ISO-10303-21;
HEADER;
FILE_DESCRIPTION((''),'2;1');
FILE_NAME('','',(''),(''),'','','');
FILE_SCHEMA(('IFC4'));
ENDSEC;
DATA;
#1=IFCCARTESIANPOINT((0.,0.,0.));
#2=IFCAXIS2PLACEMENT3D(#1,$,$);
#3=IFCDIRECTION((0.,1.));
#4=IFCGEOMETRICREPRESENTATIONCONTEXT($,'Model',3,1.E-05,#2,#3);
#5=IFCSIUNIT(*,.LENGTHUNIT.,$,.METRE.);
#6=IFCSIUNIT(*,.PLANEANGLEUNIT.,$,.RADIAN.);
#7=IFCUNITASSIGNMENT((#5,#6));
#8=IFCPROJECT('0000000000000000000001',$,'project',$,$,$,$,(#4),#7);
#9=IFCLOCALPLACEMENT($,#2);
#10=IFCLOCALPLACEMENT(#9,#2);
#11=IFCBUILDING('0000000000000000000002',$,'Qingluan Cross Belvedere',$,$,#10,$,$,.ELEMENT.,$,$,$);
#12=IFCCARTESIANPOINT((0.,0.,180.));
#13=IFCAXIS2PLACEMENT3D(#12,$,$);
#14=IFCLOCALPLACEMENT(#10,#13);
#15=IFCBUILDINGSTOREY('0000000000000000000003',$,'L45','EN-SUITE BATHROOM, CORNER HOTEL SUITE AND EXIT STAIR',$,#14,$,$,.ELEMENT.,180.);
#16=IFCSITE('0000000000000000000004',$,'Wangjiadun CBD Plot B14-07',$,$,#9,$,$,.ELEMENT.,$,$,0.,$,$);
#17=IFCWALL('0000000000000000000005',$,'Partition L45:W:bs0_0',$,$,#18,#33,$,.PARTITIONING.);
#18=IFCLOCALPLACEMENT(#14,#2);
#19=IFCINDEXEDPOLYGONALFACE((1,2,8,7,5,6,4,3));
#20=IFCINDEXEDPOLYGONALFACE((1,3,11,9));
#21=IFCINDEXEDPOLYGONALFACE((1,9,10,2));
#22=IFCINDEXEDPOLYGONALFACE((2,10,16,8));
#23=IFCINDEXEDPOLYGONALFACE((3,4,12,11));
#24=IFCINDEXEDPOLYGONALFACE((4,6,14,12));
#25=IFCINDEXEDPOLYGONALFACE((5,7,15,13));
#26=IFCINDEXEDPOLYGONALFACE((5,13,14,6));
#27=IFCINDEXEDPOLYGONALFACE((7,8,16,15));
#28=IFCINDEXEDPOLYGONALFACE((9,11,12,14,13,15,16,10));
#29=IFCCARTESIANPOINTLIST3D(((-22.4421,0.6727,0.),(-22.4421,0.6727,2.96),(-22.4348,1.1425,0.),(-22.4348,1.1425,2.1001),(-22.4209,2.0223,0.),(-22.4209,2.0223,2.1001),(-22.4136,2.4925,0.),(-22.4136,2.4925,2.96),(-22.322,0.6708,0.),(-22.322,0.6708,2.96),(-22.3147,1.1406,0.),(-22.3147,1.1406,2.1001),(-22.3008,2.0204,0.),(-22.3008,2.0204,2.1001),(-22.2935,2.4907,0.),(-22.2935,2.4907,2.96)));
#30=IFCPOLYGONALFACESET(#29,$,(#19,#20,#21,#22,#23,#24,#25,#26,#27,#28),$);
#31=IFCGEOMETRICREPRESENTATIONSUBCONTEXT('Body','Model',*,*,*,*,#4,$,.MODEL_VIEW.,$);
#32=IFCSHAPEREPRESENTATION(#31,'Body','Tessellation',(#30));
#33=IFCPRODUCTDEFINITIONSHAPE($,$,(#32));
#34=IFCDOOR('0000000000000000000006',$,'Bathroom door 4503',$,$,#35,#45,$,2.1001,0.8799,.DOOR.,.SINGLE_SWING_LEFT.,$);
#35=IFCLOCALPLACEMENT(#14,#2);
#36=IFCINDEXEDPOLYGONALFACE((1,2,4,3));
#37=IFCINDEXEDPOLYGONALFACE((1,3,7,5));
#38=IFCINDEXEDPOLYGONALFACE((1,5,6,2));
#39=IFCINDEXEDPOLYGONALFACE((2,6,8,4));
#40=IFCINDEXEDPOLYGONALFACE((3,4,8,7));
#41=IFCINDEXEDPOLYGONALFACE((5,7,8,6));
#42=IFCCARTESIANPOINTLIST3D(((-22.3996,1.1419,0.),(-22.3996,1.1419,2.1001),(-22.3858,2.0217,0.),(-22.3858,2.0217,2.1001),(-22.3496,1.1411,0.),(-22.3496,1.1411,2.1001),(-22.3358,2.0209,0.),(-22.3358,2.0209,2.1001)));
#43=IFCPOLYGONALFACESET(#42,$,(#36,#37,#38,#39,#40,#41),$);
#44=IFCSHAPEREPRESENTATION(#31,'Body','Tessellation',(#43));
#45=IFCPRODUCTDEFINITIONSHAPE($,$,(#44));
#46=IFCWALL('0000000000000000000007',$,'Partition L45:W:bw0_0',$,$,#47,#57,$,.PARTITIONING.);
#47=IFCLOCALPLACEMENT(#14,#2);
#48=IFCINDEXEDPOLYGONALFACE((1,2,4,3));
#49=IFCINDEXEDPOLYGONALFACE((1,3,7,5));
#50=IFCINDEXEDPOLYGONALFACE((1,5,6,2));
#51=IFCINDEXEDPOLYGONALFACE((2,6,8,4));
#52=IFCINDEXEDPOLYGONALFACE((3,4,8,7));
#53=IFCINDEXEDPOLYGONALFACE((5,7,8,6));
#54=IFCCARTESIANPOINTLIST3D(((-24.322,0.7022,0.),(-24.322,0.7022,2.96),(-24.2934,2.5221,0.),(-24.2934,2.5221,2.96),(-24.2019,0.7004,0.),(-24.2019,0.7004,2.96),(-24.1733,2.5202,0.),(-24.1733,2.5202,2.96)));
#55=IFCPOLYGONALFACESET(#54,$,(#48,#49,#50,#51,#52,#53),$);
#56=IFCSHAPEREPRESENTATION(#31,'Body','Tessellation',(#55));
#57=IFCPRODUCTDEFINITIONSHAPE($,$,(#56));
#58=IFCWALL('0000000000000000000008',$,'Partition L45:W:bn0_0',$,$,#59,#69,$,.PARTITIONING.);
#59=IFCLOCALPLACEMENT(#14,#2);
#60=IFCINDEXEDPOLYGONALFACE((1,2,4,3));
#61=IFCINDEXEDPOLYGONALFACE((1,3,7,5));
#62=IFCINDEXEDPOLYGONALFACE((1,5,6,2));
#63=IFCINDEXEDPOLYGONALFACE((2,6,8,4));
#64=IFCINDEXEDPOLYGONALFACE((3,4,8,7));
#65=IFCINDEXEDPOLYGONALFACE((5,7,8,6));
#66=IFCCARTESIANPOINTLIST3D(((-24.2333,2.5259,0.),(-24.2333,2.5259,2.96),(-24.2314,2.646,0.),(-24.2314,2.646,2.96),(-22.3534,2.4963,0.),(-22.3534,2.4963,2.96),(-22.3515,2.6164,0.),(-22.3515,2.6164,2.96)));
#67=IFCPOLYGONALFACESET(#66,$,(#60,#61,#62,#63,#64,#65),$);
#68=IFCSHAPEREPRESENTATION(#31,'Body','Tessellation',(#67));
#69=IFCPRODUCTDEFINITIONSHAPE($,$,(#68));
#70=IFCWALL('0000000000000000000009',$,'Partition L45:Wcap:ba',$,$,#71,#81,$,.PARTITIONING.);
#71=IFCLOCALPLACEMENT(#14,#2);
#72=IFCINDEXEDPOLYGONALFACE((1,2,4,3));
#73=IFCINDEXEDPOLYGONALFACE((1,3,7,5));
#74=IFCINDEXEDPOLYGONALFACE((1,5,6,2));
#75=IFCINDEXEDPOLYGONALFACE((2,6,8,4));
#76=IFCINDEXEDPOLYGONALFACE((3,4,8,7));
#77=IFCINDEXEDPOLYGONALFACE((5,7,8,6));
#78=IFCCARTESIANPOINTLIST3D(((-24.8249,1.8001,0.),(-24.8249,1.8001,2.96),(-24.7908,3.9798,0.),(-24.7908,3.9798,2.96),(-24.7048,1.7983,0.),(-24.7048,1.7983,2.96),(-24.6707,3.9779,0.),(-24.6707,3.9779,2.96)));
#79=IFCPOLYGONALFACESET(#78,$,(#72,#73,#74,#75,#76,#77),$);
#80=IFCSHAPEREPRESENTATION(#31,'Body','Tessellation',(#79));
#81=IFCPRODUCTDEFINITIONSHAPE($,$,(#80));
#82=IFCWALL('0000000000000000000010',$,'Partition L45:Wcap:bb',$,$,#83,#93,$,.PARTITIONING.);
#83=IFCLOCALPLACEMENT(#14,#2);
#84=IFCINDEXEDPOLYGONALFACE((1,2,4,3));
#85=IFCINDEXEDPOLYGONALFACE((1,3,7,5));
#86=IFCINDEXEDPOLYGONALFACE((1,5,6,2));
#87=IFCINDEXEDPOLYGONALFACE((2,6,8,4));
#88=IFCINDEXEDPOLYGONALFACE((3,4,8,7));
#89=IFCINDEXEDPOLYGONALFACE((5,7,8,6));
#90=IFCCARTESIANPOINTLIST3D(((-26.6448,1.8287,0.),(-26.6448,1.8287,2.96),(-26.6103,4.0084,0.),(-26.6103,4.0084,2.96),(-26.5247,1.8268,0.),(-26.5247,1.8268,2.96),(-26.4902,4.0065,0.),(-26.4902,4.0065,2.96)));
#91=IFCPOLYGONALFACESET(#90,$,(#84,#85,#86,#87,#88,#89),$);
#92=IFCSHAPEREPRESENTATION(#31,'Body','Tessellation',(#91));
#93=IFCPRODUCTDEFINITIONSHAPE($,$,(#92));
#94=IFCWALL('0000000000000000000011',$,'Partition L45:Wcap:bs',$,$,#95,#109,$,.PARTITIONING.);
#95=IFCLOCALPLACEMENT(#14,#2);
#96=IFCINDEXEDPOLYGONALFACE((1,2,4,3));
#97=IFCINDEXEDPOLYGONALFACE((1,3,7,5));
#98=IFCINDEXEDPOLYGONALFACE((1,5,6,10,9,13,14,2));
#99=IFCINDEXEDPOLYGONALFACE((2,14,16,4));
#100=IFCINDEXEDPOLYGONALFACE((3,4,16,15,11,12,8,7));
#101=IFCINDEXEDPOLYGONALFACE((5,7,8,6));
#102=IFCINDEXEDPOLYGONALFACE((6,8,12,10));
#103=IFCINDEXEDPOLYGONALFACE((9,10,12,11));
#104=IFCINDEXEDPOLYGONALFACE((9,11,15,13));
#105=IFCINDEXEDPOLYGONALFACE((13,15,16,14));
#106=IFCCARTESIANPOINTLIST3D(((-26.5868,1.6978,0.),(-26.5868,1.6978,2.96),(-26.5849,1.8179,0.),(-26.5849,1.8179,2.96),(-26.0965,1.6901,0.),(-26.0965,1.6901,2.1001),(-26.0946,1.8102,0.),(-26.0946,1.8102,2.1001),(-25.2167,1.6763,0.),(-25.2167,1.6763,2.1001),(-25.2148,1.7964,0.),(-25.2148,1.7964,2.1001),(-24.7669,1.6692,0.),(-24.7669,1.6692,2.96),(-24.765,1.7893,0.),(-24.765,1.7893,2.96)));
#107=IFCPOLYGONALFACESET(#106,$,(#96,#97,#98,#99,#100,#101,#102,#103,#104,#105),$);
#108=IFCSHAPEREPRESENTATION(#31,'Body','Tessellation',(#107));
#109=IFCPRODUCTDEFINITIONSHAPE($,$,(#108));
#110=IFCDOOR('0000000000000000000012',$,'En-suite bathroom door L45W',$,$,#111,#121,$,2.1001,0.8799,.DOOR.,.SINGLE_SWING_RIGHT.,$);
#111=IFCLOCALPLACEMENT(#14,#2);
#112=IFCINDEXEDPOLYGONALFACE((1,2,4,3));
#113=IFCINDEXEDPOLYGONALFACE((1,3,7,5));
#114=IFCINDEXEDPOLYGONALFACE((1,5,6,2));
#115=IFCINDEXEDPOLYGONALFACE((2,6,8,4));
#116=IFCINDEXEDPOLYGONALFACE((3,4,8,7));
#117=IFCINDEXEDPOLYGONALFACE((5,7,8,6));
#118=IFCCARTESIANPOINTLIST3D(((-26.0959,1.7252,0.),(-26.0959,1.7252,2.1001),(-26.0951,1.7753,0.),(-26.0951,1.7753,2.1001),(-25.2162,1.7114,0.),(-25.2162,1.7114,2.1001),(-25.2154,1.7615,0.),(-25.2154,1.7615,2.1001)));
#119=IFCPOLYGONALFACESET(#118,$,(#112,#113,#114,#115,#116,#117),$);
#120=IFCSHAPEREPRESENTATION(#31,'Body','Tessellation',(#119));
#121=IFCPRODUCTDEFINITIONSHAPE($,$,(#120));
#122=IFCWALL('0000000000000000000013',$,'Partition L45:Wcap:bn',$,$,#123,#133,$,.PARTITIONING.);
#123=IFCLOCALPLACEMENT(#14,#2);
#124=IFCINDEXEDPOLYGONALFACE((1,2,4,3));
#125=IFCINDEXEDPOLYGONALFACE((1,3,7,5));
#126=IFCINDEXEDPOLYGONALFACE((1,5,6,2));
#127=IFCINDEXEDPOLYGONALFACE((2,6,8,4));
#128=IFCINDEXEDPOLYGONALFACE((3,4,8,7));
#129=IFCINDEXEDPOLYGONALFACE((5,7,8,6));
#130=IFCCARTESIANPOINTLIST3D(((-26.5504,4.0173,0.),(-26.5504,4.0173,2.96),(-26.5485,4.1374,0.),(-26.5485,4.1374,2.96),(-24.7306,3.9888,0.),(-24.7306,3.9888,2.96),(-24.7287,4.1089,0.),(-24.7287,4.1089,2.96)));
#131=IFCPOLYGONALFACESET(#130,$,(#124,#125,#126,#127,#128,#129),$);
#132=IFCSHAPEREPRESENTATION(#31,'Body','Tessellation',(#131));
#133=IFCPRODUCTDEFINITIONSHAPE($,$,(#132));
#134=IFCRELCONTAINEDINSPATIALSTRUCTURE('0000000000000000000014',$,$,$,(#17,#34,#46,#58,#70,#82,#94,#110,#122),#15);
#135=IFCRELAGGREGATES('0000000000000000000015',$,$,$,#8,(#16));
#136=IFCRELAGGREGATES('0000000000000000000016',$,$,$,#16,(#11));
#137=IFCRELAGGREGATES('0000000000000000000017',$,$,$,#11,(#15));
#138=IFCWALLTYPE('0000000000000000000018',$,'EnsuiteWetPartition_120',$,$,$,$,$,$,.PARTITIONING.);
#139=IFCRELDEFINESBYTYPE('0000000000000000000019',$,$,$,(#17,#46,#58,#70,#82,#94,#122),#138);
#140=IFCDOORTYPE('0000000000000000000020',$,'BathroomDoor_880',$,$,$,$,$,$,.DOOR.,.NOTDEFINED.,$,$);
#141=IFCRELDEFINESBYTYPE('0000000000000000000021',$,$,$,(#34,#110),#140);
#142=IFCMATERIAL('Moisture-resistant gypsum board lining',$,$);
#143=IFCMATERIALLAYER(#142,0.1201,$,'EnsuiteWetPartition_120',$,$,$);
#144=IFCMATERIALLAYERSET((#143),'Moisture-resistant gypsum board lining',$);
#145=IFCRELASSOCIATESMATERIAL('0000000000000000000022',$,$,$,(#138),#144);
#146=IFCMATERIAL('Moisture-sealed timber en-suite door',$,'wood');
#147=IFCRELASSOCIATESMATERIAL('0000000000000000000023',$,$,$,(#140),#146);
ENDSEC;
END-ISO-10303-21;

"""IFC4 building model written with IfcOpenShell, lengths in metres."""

from ifc_helpers import new_model, si_unit, direction, frame, frame_2d, origin, place, context, subcontext, project, spatial, rectangle, extrude, material, layer, layer_set, type_object, element, fill, save


model = new_model("IFC4")

# Units and contexts
model_context = context("Model", 3, precision=1e-05, world=origin(), true_north=direction((0.0, 1.0)))
body_context = subcontext(model_context, "Body", "Model", "MODEL_VIEW")
ifc_project = project(units=[si_unit("LENGTHUNIT", "METRE"), si_unit("PLANEANGLEUNIT", "RADIAN")], contexts=[model_context])

# Site, building, storey
site_placement = place(None, origin())
site = spatial("IfcSite", under=ifc_project, at=site_placement, Name="Wangjiadun CBD Plot B14-07", CompositionType="ELEMENT", RefElevation=0.0)
building_placement = place(site_placement, origin())
building = spatial("IfcBuilding", under=site, at=building_placement, Name="Qingluan Cross Belvedere", CompositionType="ELEMENT")
storey_placement = place(building_placement, frame((0.0, 0.0, 180.0)))
storey = spatial("IfcBuildingStorey", under=building, at=storey_placement, Name="L45", Description="EN-SUITE BATHROOM, CORNER HOTEL SUITE AND EXIT STAIR", CompositionType="ELEMENT", Elevation=180.0)

# Wall, opening, door
ifc_material_1 = material(Name="Moisture-resistant gypsum board lining")
ifc_layer_1 = layer(ifc_material_1, 0.1201, Name="EnsuiteWetPartition_120")
ifc_layer_set_1 = layer_set([ifc_layer_1], Name="Moisture-resistant gypsum board lining")
wall_type_1 = type_object("IfcWallType", Name="EnsuiteWetPartition_120", PredefinedType="PARTITIONING", material=ifc_layer_set_1)
wall_1_placement = place(storey_placement, frame((-22.3821, 0.6716, 0.0), z_axis=(0.0, 0.0, 1.0), x_axis=(0.015694, 0.999877, 0.0)))
wall_1 = element("IfcWall", 1, at=wall_1_placement, inside=storey, type_object=wall_type_1, Name="Partition L45:W:bs0_0", PredefinedType="PARTITIONING", context=body_context, shape_type="SweptSolid", body=[
    extrude(rectangle(XDim=1.8201, YDim=0.1201, at=frame_2d((0.9102, 0.0))), origin(), (0.0, 0.0, 1.0), 2.96),
])
opening_1_placement = place(wall_1_placement, frame((0.47, 0.0, 0.0)))
opening_1 = element("IfcOpeningElement", 2, at=opening_1_placement, cuts=wall_1, PredefinedType="OPENING", context=body_context, shape_type="SweptSolid", body=[
    extrude(rectangle(XDim=0.8799, YDim=2.1001, at=frame_2d((0.4399, 1.05))), frame((0.0, 0.0701, 0.0), z_axis=(0.0, -1.0, 0.0), x_axis=(1.0, 0.0, 0.0)), (0.0, 0.0, 1.0), 0.1401),
])
ifc_material_2 = material(Name="Moisture-sealed timber en-suite door", Category="wood")
door_type_1 = type_object("IfcDoorType", Name="BathroomDoor_880", OperationType="NOTDEFINED", PredefinedType="DOOR", material=ifc_material_2)
door_1_placement = place(opening_1_placement, origin())
door_1 = element("IfcDoor", 3, at=door_1_placement, inside=storey, type_object=door_type_1, Name="Bathroom door 4503", OperationType="SINGLE_SWING_LEFT", OverallHeight=2.1001, OverallWidth=0.8799, PredefinedType="DOOR", context=body_context, shape_type="SweptSolid", body=[
    extrude(rectangle(XDim=0.8799, YDim=2.1001, at=frame_2d((0.4399, 1.05))), frame((0.0, 0.0249, 0.0), z_axis=(0.0, -1.0, 0.0), x_axis=(1.0, 0.0, 0.0)), (0.0, 0.0, 1.0), 0.05),
])
fill(opening_1, door_1)

# Walls
wall_2_placement = place(storey_placement, frame((-24.262, 0.7012, 0.0), z_axis=(0.0, 0.0, 1.0), x_axis=(0.015694, 0.999877, 0.0)))
element("IfcWall", 4, at=wall_2_placement, inside=storey, type_object=wall_type_1, Name="Partition L45:W:bw0_0", PredefinedType="PARTITIONING", context=body_context, shape_type="SweptSolid", body=[
    extrude(rectangle(XDim=1.8201, YDim=0.1201, at=frame_2d((0.9102, 0.0))), origin(), (0.0, 0.0, 1.0), 2.96),
])
wall_3_placement = place(storey_placement, frame((-22.3525, 2.5564, 0.0), z_axis=(0.0, 0.0, 1.0), x_axis=(-0.999877, 0.015712, 0.0)))
element("IfcWall", 5, at=wall_3_placement, inside=storey, type_object=wall_type_1, Name="Partition L45:W:bn0_0", PredefinedType="PARTITIONING", context=body_context, shape_type="SweptSolid", body=[
    extrude(rectangle(XDim=1.8801, YDim=0.1201, at=frame_2d((0.9399, 0.0))), origin(), (0.0, 0.0, 1.0), 2.96),
])
for number, where, z_axis, x_axis, name in (
    (6, (-24.7649, 1.7993, 0.0), (0.0, 0.0, 1.0), (0.015679, 0.999877, 0.0), "Partition L45:Wcap:ba"),
    (7, (-26.5847, 1.8279, 0.0), (0.0, 0.0, 1.0), (0.015791, 0.999875, 0.0), "Partition L45:Wcap:bb"),
):
    element("IfcWall", number, at=place(storey_placement, frame(where, z_axis=z_axis, x_axis=x_axis)), inside=storey, type_object=wall_type_1, Name=name, PredefinedType="PARTITIONING", context=body_context, shape_type="SweptSolid", body=[
        extrude(rectangle(XDim=2.1799, YDim=0.1201, at=frame_2d((1.0898, 0.0))), origin(), (0.0, 0.0, 1.0), 2.96),
    ])

# Wall, opening, door
wall_4_placement = place(storey_placement, frame((-24.7659, 1.7292, 0.0), z_axis=(0.0, 0.0, 1.0), x_axis=(-0.999877, 0.015694, 0.0)))
wall_4 = element("IfcWall", 8, at=wall_4_placement, inside=storey, type_object=wall_type_1, Name="Partition L45:Wcap:bs", PredefinedType="PARTITIONING", context=body_context, shape_type="SweptSolid", body=[
    extrude(rectangle(XDim=1.8201, YDim=0.1201, at=frame_2d((0.9102, 0.0))), origin(), (0.0, 0.0, 1.0), 2.96),
])
opening_2_placement = place(wall_4_placement, frame((0.45, 0.0, 0.0)))
opening_2 = element("IfcOpeningElement", 9, at=opening_2_placement, cuts=wall_4, PredefinedType="OPENING", context=body_context, shape_type="SweptSolid", body=[
    extrude(rectangle(XDim=0.8799, YDim=2.1001, at=frame_2d((0.4399, 1.05))), frame((0.0, 0.0701, 0.0), z_axis=(0.0, -1.0, 0.0), x_axis=(1.0, 0.0, 0.0)), (0.0, 0.0, 1.0), 0.1401),
])
door_2_placement = place(opening_2_placement, origin())
door_2 = element("IfcDoor", 10, at=door_2_placement, inside=storey, type_object=door_type_1, Name="En-suite bathroom door L45W", OperationType="SINGLE_SWING_RIGHT", OverallHeight=2.1001, OverallWidth=0.8799, PredefinedType="DOOR", context=body_context, shape_type="SweptSolid", body=[
    extrude(rectangle(XDim=0.8799, YDim=2.1001, at=frame_2d((0.4399, 1.05))), frame((0.0, 0.0249, 0.0), z_axis=(0.0, -1.0, 0.0), x_axis=(1.0, 0.0, 0.0)), (0.0, 0.0, 1.0), 0.05),
])
fill(opening_2, door_2)

# Wall
wall_5_placement = place(storey_placement, frame((-24.7295, 4.0488, 0.0), z_axis=(0.0, 0.0, 1.0), x_axis=(-0.999877, 0.015694, 0.0)))
element("IfcWall", 11, at=wall_5_placement, inside=storey, type_object=wall_type_1, Name="Partition L45:Wcap:bn", PredefinedType="PARTITIONING", context=body_context, shape_type="SweptSolid", body=[
    extrude(rectangle(XDim=1.8201, YDim=0.1201, at=frame_2d((0.9102, 0.0))), origin(), (0.0, 0.0, 1.0), 2.96),
])

save(model, "model.ifc")
